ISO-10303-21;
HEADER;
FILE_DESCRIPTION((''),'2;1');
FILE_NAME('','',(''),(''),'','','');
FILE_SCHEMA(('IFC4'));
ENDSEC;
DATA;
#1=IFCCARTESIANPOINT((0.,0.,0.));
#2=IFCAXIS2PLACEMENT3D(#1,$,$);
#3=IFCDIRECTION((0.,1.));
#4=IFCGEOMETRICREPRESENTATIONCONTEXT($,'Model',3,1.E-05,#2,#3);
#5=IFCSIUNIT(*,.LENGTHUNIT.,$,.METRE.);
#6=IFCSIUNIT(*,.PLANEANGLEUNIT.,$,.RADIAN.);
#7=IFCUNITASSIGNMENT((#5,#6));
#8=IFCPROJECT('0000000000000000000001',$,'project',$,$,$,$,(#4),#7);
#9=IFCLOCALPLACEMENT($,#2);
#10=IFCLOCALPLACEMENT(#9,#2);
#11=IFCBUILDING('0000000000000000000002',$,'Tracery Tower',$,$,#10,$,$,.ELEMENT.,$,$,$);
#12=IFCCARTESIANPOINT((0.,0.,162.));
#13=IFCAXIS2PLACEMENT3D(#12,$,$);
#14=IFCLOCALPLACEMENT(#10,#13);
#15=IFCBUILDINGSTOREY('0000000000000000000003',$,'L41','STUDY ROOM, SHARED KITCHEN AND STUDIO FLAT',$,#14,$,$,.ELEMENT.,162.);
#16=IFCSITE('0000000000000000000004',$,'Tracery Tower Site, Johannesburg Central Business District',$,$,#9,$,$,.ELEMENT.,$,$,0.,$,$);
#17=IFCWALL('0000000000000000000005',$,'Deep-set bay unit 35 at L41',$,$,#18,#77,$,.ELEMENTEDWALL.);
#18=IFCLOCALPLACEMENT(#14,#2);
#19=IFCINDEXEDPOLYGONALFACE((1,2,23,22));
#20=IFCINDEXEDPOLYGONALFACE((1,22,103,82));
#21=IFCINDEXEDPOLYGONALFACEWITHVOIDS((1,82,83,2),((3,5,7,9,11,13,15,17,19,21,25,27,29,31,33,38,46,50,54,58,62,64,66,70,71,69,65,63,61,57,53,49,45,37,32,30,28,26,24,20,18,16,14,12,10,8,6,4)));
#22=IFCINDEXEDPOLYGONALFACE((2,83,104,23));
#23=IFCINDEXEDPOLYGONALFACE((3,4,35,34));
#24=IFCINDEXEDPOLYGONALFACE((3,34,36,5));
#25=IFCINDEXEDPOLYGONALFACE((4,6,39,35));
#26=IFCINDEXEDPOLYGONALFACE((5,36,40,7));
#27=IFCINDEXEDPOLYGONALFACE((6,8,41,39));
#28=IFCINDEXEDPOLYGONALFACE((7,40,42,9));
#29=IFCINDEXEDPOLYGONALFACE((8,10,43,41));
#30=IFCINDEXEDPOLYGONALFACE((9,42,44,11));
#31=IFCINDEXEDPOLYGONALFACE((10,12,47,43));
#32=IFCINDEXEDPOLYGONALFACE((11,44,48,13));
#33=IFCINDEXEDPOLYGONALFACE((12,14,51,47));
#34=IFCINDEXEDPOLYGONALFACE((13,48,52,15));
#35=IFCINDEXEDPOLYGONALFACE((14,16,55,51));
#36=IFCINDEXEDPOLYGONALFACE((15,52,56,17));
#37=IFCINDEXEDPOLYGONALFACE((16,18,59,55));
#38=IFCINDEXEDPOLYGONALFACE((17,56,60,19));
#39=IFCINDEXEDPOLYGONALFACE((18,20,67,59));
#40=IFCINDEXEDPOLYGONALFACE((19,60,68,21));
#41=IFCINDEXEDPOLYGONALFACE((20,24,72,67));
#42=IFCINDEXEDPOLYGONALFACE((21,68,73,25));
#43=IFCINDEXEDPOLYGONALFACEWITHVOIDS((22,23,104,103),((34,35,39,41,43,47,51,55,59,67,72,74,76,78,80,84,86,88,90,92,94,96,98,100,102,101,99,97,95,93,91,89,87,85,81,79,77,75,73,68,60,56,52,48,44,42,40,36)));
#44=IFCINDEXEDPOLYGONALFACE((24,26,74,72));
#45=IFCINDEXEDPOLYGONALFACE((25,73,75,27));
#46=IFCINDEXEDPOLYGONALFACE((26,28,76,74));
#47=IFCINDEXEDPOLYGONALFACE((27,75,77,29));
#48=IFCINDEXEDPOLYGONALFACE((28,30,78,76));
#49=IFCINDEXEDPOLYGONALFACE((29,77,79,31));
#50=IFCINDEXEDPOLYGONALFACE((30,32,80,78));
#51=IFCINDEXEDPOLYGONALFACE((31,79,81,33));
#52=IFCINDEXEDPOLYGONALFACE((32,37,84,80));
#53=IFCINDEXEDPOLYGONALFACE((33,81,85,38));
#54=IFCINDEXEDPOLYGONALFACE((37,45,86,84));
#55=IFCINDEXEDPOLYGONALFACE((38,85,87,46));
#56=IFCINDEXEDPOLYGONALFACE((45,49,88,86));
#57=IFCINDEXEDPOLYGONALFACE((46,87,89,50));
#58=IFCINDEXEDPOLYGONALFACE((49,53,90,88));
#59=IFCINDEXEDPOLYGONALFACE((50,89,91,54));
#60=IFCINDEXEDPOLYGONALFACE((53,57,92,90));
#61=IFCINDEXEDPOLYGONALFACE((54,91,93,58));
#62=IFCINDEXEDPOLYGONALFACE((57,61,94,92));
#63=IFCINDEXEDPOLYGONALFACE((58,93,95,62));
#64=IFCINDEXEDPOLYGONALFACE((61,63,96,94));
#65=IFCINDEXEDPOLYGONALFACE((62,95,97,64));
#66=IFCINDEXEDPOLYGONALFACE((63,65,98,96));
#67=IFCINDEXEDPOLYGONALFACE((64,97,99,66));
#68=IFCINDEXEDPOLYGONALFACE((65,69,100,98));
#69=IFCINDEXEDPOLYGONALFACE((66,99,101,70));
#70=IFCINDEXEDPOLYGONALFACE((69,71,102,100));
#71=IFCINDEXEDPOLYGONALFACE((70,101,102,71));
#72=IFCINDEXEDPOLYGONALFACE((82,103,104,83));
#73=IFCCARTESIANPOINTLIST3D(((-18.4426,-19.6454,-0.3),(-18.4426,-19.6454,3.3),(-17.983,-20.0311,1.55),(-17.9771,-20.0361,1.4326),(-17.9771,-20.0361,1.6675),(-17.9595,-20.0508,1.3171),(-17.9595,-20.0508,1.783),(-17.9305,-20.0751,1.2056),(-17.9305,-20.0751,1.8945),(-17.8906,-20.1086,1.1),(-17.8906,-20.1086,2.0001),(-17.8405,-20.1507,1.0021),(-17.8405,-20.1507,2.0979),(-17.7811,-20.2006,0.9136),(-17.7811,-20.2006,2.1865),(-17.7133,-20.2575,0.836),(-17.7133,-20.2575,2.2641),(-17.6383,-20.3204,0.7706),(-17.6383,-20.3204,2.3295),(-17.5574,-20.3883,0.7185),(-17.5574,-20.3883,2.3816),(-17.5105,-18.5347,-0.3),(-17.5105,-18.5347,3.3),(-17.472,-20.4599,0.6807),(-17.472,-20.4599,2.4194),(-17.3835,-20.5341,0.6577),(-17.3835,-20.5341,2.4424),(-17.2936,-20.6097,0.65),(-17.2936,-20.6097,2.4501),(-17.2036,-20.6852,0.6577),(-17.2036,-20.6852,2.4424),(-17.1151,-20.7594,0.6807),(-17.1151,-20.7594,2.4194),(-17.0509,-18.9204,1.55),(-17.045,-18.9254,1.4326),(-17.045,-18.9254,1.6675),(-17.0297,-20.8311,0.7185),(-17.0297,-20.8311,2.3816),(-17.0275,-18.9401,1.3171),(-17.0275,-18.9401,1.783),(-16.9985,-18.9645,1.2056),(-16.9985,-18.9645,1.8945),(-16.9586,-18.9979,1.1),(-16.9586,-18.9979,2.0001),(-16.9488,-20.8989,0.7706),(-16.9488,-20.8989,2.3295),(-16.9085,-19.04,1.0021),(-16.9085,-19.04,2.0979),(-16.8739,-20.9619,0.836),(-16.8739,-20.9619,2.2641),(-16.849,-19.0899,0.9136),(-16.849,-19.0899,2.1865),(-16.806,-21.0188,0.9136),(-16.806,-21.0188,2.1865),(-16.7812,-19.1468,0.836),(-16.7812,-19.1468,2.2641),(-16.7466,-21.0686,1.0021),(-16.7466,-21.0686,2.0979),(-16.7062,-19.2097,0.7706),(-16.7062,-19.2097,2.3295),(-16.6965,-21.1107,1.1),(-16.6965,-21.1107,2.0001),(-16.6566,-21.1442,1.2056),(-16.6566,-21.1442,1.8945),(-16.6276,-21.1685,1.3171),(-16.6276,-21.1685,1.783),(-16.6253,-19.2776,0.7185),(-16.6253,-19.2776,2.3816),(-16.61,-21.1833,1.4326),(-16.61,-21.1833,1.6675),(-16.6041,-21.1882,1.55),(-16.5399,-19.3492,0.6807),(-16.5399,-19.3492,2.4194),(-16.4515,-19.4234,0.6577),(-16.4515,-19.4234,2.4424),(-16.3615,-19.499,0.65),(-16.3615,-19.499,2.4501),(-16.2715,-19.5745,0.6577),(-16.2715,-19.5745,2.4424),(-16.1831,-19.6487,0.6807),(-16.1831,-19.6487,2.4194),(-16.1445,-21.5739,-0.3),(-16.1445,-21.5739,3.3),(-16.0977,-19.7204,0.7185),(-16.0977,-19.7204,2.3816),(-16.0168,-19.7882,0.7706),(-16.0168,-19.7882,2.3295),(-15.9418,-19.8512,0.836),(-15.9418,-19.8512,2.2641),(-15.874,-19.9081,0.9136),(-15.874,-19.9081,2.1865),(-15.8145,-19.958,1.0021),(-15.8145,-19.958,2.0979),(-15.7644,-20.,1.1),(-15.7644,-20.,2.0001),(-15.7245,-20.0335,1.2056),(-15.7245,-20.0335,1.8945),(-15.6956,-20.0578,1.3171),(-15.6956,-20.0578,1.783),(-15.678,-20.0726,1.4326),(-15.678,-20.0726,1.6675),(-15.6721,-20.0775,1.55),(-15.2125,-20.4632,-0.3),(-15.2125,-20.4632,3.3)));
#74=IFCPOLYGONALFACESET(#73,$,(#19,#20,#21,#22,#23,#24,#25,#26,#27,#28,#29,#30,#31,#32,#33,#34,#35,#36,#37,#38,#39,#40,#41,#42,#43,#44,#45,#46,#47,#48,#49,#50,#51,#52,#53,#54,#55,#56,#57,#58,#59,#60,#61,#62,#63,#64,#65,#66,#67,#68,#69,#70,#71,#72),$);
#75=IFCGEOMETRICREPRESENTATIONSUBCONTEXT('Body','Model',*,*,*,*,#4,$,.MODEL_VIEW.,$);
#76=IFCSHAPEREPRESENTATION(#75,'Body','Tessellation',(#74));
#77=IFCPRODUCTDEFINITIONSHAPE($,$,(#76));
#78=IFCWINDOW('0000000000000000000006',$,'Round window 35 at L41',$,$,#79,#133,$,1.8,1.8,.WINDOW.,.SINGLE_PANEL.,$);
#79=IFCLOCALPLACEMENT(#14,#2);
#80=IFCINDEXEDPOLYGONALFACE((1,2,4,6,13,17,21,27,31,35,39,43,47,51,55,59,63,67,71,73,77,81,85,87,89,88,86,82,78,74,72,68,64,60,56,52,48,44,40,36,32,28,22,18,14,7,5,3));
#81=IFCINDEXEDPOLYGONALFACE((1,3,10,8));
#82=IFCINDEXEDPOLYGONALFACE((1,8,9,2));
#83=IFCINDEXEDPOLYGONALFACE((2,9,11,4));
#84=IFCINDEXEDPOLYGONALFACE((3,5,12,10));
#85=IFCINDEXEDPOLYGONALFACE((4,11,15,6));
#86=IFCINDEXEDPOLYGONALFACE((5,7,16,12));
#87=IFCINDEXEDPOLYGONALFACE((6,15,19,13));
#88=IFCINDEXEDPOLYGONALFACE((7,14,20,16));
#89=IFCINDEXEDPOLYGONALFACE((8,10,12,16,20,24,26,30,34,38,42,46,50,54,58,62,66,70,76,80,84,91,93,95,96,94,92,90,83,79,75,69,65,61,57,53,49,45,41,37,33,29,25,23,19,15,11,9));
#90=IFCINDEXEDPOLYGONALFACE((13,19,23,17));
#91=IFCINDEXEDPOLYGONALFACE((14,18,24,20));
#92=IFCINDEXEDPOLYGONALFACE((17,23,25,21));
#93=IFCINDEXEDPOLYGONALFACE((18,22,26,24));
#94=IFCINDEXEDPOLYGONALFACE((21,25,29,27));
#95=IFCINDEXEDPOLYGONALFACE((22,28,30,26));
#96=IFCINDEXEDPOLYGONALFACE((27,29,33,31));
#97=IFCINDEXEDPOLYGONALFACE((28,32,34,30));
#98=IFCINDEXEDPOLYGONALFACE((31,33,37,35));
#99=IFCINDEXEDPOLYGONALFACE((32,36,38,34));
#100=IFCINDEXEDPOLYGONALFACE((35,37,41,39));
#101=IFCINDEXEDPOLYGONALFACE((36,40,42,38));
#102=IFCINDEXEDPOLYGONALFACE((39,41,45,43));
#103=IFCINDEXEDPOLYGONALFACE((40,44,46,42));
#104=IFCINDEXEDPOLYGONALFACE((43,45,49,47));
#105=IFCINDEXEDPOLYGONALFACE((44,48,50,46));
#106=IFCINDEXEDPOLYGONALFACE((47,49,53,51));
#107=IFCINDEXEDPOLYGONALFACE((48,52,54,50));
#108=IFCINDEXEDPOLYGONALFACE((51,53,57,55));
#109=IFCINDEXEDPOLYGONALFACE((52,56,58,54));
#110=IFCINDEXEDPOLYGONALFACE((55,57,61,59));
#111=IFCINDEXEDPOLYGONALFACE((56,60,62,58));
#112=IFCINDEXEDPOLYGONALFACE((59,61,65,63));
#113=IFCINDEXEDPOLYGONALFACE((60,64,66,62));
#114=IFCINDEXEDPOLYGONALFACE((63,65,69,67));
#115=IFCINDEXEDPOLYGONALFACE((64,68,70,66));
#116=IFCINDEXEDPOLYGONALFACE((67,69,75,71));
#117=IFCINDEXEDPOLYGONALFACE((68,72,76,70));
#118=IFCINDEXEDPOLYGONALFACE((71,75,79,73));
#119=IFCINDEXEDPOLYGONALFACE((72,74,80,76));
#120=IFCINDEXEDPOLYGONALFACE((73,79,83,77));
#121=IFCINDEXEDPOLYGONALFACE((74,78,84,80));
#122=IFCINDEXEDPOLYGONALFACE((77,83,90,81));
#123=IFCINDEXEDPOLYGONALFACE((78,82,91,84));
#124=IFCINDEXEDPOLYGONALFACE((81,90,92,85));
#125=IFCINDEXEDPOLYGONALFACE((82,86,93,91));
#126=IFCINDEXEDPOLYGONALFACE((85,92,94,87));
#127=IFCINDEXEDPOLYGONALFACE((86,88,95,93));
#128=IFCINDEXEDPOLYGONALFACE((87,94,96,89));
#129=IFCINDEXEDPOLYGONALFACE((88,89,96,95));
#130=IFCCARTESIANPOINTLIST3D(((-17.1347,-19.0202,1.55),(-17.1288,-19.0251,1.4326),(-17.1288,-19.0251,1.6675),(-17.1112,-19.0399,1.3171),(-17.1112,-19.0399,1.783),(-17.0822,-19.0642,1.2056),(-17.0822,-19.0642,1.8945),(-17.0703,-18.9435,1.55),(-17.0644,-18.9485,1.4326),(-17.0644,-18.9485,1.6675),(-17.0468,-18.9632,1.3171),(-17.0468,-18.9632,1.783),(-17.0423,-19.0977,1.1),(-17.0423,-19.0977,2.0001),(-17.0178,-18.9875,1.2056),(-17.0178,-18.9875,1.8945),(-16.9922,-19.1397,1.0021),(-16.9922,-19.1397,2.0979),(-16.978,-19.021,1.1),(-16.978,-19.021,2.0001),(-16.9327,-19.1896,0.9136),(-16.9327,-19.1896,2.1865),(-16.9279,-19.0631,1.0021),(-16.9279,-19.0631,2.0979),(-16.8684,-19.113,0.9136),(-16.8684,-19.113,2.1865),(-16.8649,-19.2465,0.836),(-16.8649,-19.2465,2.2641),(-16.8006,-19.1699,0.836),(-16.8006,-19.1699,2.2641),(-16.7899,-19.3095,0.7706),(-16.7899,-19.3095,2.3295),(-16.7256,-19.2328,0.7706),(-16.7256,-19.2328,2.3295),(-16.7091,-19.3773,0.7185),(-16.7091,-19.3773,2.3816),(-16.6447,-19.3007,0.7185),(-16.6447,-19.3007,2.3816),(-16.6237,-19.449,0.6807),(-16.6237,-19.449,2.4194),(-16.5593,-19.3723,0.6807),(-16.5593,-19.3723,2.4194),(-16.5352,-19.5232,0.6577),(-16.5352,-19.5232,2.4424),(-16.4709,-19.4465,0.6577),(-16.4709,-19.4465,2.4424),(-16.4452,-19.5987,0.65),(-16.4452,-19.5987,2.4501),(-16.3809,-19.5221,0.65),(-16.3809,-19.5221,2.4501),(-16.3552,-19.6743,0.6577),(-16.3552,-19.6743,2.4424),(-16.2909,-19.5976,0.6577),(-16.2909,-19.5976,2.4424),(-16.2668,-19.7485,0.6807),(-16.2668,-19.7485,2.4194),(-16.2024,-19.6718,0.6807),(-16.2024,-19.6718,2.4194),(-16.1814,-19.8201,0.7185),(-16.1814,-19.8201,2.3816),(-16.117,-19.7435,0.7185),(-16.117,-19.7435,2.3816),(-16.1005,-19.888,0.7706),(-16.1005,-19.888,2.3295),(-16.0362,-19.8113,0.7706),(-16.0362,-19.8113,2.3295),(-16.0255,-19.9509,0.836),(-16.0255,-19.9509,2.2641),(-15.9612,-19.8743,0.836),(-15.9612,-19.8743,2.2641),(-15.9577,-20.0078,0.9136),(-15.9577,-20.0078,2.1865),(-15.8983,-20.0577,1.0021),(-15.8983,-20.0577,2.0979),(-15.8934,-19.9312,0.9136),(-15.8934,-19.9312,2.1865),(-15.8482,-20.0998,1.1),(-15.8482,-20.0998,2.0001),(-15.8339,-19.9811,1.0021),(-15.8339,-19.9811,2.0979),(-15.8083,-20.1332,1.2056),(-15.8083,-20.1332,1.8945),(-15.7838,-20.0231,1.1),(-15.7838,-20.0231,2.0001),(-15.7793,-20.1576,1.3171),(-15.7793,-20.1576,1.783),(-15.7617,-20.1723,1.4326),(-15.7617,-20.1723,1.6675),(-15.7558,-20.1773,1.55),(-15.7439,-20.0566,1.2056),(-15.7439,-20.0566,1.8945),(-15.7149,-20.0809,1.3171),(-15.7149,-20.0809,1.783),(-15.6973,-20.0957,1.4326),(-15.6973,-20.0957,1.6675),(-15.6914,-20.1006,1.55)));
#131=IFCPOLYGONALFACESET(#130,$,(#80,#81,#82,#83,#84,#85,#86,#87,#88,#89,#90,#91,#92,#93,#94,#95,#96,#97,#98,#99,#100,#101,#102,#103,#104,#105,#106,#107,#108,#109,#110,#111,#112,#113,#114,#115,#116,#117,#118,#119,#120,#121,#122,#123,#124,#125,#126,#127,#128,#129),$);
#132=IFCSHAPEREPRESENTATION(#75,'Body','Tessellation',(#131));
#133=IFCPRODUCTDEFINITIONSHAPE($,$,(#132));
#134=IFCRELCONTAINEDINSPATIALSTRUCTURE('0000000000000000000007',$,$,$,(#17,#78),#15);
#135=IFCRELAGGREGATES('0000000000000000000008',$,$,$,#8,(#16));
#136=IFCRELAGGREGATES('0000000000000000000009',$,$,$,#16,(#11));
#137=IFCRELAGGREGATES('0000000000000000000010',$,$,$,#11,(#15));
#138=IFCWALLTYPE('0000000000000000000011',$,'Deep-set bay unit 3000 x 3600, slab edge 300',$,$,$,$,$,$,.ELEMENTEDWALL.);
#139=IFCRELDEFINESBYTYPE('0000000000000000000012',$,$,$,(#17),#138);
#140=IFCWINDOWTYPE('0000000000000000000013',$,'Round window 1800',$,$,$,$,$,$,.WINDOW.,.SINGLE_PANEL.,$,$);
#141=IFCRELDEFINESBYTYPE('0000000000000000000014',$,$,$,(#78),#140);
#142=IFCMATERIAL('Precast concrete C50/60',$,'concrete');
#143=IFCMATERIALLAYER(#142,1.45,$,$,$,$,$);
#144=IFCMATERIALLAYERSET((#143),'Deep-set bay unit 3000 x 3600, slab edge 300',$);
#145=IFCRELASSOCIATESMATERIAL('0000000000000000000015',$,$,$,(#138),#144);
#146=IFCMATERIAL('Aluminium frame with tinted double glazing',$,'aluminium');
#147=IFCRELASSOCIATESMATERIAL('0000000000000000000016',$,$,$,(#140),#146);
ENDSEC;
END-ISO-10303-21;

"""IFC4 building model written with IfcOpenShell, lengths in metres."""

from ifc_helpers import new_model, si_unit, direction, frame, frame_2d, origin, origin_2d, place, context, subcontext, project, spatial, rectangle, circle, extrude, material, layer, layer_set, type_object, element, fill, save


model = new_model("IFC4")

# Units and contexts
model_context = context("Model", 3, precision=1e-05, world=origin(), true_north=direction((0.0, 1.0)))
body_context = subcontext(model_context, "Body", "Model", "MODEL_VIEW")
ifc_project = project(units=[si_unit("LENGTHUNIT", "METRE"), si_unit("PLANEANGLEUNIT", "RADIAN")], contexts=[model_context])

# Site, building, storey
site_placement = place(None, origin())
site = spatial("IfcSite", under=ifc_project, at=site_placement, Name="Tracery Tower Site, Johannesburg Central Business District", CompositionType="ELEMENT", RefElevation=0.0)
building_placement = place(site_placement, origin())
building = spatial("IfcBuilding", under=site, at=building_placement, Name="Tracery Tower", CompositionType="ELEMENT")
storey_placement = place(building_placement, frame((0.0, 0.0, 162.0)))
storey = spatial("IfcBuildingStorey", under=building, at=storey_placement, Name="L41", Description="STUDY ROOM, SHARED KITCHEN AND STUDIO FLAT", CompositionType="ELEMENT", Elevation=162.0)

# Wall, opening, window
ifc_material_1 = material(Name="Precast concrete C50/60", Category="concrete")
ifc_layer_1 = layer(ifc_material_1, 1.45)
ifc_layer_set_1 = layer_set([ifc_layer_1], Name="Deep-set bay unit 3000 x 3600, slab edge 300")
wall_type_1 = type_object("IfcWallType", Name="Deep-set bay unit 3000 x 3600, slab edge 300", PredefinedType="ELEMENTEDWALL", material=ifc_layer_set_1)
ifc_material_2 = material(Name="Aluminium frame with tinted double glazing", Category="aluminium")
window_type = type_object("IfcWindowType", Name="Round window 1800", PartitioningType="SINGLE_PANEL", PredefinedType="WINDOW", material=ifc_material_2)
wall_1_placement = place(storey_placement, frame((-17.9766, -19.0901, -0.3), z_axis=(0.0, 0.0, 1.0), x_axis=(0.766022, -0.642814, 0.0)))
wall_1 = element("IfcWall", 1, at=wall_1_placement, inside=storey, type_object=wall_type_1, Name="Deep-set bay unit 35 at L41", PredefinedType="ELEMENTEDWALL", context=body_context, shape_type="SweptSolid", body=[
    extrude(rectangle(XDim=3.0, YDim=1.45, at=frame_2d((1.5, 0.0))), origin(), (0.0, 0.0, 1.0), 3.6001),
])
opening_1_placement = place(wall_1_placement, frame((1.5, 0.0, 1.8501)))
opening_1 = element("IfcOpeningElement", 2, at=opening_1_placement, cuts=wall_1, PredefinedType="OPENING", context=body_context, shape_type="SweptSolid", body=[
    extrude(circle(Radius=0.9, at=origin_2d()), frame((0.0, 0.7349, 0.0), z_axis=(0.0, -1.0, 0.0), x_axis=(1.0, 0.0, 0.0)), (0.0, 0.0, 1.0), 1.47),
])
window_1_placement = place(opening_1_placement, origin())
window_1 = element("IfcWindow", 3, at=window_1_placement, inside=storey, type_object=window_type, Name="Round window 35 at L41", OverallHeight=1.8, OverallWidth=1.8, PartitioningType="SINGLE_PANEL", PredefinedType="WINDOW", context=body_context, shape_type="SweptSolid", body=[
    extrude(circle(Radius=0.9, at=origin_2d()), frame((0.0, 0.6948, 0.0), z_axis=(0.0, -1.0, 0.0), x_axis=(1.0, 0.0, 0.0)), (0.0, 0.0, 1.0), 0.1001),
])
fill(opening_1, window_1)

save(model, "model.ifc")
